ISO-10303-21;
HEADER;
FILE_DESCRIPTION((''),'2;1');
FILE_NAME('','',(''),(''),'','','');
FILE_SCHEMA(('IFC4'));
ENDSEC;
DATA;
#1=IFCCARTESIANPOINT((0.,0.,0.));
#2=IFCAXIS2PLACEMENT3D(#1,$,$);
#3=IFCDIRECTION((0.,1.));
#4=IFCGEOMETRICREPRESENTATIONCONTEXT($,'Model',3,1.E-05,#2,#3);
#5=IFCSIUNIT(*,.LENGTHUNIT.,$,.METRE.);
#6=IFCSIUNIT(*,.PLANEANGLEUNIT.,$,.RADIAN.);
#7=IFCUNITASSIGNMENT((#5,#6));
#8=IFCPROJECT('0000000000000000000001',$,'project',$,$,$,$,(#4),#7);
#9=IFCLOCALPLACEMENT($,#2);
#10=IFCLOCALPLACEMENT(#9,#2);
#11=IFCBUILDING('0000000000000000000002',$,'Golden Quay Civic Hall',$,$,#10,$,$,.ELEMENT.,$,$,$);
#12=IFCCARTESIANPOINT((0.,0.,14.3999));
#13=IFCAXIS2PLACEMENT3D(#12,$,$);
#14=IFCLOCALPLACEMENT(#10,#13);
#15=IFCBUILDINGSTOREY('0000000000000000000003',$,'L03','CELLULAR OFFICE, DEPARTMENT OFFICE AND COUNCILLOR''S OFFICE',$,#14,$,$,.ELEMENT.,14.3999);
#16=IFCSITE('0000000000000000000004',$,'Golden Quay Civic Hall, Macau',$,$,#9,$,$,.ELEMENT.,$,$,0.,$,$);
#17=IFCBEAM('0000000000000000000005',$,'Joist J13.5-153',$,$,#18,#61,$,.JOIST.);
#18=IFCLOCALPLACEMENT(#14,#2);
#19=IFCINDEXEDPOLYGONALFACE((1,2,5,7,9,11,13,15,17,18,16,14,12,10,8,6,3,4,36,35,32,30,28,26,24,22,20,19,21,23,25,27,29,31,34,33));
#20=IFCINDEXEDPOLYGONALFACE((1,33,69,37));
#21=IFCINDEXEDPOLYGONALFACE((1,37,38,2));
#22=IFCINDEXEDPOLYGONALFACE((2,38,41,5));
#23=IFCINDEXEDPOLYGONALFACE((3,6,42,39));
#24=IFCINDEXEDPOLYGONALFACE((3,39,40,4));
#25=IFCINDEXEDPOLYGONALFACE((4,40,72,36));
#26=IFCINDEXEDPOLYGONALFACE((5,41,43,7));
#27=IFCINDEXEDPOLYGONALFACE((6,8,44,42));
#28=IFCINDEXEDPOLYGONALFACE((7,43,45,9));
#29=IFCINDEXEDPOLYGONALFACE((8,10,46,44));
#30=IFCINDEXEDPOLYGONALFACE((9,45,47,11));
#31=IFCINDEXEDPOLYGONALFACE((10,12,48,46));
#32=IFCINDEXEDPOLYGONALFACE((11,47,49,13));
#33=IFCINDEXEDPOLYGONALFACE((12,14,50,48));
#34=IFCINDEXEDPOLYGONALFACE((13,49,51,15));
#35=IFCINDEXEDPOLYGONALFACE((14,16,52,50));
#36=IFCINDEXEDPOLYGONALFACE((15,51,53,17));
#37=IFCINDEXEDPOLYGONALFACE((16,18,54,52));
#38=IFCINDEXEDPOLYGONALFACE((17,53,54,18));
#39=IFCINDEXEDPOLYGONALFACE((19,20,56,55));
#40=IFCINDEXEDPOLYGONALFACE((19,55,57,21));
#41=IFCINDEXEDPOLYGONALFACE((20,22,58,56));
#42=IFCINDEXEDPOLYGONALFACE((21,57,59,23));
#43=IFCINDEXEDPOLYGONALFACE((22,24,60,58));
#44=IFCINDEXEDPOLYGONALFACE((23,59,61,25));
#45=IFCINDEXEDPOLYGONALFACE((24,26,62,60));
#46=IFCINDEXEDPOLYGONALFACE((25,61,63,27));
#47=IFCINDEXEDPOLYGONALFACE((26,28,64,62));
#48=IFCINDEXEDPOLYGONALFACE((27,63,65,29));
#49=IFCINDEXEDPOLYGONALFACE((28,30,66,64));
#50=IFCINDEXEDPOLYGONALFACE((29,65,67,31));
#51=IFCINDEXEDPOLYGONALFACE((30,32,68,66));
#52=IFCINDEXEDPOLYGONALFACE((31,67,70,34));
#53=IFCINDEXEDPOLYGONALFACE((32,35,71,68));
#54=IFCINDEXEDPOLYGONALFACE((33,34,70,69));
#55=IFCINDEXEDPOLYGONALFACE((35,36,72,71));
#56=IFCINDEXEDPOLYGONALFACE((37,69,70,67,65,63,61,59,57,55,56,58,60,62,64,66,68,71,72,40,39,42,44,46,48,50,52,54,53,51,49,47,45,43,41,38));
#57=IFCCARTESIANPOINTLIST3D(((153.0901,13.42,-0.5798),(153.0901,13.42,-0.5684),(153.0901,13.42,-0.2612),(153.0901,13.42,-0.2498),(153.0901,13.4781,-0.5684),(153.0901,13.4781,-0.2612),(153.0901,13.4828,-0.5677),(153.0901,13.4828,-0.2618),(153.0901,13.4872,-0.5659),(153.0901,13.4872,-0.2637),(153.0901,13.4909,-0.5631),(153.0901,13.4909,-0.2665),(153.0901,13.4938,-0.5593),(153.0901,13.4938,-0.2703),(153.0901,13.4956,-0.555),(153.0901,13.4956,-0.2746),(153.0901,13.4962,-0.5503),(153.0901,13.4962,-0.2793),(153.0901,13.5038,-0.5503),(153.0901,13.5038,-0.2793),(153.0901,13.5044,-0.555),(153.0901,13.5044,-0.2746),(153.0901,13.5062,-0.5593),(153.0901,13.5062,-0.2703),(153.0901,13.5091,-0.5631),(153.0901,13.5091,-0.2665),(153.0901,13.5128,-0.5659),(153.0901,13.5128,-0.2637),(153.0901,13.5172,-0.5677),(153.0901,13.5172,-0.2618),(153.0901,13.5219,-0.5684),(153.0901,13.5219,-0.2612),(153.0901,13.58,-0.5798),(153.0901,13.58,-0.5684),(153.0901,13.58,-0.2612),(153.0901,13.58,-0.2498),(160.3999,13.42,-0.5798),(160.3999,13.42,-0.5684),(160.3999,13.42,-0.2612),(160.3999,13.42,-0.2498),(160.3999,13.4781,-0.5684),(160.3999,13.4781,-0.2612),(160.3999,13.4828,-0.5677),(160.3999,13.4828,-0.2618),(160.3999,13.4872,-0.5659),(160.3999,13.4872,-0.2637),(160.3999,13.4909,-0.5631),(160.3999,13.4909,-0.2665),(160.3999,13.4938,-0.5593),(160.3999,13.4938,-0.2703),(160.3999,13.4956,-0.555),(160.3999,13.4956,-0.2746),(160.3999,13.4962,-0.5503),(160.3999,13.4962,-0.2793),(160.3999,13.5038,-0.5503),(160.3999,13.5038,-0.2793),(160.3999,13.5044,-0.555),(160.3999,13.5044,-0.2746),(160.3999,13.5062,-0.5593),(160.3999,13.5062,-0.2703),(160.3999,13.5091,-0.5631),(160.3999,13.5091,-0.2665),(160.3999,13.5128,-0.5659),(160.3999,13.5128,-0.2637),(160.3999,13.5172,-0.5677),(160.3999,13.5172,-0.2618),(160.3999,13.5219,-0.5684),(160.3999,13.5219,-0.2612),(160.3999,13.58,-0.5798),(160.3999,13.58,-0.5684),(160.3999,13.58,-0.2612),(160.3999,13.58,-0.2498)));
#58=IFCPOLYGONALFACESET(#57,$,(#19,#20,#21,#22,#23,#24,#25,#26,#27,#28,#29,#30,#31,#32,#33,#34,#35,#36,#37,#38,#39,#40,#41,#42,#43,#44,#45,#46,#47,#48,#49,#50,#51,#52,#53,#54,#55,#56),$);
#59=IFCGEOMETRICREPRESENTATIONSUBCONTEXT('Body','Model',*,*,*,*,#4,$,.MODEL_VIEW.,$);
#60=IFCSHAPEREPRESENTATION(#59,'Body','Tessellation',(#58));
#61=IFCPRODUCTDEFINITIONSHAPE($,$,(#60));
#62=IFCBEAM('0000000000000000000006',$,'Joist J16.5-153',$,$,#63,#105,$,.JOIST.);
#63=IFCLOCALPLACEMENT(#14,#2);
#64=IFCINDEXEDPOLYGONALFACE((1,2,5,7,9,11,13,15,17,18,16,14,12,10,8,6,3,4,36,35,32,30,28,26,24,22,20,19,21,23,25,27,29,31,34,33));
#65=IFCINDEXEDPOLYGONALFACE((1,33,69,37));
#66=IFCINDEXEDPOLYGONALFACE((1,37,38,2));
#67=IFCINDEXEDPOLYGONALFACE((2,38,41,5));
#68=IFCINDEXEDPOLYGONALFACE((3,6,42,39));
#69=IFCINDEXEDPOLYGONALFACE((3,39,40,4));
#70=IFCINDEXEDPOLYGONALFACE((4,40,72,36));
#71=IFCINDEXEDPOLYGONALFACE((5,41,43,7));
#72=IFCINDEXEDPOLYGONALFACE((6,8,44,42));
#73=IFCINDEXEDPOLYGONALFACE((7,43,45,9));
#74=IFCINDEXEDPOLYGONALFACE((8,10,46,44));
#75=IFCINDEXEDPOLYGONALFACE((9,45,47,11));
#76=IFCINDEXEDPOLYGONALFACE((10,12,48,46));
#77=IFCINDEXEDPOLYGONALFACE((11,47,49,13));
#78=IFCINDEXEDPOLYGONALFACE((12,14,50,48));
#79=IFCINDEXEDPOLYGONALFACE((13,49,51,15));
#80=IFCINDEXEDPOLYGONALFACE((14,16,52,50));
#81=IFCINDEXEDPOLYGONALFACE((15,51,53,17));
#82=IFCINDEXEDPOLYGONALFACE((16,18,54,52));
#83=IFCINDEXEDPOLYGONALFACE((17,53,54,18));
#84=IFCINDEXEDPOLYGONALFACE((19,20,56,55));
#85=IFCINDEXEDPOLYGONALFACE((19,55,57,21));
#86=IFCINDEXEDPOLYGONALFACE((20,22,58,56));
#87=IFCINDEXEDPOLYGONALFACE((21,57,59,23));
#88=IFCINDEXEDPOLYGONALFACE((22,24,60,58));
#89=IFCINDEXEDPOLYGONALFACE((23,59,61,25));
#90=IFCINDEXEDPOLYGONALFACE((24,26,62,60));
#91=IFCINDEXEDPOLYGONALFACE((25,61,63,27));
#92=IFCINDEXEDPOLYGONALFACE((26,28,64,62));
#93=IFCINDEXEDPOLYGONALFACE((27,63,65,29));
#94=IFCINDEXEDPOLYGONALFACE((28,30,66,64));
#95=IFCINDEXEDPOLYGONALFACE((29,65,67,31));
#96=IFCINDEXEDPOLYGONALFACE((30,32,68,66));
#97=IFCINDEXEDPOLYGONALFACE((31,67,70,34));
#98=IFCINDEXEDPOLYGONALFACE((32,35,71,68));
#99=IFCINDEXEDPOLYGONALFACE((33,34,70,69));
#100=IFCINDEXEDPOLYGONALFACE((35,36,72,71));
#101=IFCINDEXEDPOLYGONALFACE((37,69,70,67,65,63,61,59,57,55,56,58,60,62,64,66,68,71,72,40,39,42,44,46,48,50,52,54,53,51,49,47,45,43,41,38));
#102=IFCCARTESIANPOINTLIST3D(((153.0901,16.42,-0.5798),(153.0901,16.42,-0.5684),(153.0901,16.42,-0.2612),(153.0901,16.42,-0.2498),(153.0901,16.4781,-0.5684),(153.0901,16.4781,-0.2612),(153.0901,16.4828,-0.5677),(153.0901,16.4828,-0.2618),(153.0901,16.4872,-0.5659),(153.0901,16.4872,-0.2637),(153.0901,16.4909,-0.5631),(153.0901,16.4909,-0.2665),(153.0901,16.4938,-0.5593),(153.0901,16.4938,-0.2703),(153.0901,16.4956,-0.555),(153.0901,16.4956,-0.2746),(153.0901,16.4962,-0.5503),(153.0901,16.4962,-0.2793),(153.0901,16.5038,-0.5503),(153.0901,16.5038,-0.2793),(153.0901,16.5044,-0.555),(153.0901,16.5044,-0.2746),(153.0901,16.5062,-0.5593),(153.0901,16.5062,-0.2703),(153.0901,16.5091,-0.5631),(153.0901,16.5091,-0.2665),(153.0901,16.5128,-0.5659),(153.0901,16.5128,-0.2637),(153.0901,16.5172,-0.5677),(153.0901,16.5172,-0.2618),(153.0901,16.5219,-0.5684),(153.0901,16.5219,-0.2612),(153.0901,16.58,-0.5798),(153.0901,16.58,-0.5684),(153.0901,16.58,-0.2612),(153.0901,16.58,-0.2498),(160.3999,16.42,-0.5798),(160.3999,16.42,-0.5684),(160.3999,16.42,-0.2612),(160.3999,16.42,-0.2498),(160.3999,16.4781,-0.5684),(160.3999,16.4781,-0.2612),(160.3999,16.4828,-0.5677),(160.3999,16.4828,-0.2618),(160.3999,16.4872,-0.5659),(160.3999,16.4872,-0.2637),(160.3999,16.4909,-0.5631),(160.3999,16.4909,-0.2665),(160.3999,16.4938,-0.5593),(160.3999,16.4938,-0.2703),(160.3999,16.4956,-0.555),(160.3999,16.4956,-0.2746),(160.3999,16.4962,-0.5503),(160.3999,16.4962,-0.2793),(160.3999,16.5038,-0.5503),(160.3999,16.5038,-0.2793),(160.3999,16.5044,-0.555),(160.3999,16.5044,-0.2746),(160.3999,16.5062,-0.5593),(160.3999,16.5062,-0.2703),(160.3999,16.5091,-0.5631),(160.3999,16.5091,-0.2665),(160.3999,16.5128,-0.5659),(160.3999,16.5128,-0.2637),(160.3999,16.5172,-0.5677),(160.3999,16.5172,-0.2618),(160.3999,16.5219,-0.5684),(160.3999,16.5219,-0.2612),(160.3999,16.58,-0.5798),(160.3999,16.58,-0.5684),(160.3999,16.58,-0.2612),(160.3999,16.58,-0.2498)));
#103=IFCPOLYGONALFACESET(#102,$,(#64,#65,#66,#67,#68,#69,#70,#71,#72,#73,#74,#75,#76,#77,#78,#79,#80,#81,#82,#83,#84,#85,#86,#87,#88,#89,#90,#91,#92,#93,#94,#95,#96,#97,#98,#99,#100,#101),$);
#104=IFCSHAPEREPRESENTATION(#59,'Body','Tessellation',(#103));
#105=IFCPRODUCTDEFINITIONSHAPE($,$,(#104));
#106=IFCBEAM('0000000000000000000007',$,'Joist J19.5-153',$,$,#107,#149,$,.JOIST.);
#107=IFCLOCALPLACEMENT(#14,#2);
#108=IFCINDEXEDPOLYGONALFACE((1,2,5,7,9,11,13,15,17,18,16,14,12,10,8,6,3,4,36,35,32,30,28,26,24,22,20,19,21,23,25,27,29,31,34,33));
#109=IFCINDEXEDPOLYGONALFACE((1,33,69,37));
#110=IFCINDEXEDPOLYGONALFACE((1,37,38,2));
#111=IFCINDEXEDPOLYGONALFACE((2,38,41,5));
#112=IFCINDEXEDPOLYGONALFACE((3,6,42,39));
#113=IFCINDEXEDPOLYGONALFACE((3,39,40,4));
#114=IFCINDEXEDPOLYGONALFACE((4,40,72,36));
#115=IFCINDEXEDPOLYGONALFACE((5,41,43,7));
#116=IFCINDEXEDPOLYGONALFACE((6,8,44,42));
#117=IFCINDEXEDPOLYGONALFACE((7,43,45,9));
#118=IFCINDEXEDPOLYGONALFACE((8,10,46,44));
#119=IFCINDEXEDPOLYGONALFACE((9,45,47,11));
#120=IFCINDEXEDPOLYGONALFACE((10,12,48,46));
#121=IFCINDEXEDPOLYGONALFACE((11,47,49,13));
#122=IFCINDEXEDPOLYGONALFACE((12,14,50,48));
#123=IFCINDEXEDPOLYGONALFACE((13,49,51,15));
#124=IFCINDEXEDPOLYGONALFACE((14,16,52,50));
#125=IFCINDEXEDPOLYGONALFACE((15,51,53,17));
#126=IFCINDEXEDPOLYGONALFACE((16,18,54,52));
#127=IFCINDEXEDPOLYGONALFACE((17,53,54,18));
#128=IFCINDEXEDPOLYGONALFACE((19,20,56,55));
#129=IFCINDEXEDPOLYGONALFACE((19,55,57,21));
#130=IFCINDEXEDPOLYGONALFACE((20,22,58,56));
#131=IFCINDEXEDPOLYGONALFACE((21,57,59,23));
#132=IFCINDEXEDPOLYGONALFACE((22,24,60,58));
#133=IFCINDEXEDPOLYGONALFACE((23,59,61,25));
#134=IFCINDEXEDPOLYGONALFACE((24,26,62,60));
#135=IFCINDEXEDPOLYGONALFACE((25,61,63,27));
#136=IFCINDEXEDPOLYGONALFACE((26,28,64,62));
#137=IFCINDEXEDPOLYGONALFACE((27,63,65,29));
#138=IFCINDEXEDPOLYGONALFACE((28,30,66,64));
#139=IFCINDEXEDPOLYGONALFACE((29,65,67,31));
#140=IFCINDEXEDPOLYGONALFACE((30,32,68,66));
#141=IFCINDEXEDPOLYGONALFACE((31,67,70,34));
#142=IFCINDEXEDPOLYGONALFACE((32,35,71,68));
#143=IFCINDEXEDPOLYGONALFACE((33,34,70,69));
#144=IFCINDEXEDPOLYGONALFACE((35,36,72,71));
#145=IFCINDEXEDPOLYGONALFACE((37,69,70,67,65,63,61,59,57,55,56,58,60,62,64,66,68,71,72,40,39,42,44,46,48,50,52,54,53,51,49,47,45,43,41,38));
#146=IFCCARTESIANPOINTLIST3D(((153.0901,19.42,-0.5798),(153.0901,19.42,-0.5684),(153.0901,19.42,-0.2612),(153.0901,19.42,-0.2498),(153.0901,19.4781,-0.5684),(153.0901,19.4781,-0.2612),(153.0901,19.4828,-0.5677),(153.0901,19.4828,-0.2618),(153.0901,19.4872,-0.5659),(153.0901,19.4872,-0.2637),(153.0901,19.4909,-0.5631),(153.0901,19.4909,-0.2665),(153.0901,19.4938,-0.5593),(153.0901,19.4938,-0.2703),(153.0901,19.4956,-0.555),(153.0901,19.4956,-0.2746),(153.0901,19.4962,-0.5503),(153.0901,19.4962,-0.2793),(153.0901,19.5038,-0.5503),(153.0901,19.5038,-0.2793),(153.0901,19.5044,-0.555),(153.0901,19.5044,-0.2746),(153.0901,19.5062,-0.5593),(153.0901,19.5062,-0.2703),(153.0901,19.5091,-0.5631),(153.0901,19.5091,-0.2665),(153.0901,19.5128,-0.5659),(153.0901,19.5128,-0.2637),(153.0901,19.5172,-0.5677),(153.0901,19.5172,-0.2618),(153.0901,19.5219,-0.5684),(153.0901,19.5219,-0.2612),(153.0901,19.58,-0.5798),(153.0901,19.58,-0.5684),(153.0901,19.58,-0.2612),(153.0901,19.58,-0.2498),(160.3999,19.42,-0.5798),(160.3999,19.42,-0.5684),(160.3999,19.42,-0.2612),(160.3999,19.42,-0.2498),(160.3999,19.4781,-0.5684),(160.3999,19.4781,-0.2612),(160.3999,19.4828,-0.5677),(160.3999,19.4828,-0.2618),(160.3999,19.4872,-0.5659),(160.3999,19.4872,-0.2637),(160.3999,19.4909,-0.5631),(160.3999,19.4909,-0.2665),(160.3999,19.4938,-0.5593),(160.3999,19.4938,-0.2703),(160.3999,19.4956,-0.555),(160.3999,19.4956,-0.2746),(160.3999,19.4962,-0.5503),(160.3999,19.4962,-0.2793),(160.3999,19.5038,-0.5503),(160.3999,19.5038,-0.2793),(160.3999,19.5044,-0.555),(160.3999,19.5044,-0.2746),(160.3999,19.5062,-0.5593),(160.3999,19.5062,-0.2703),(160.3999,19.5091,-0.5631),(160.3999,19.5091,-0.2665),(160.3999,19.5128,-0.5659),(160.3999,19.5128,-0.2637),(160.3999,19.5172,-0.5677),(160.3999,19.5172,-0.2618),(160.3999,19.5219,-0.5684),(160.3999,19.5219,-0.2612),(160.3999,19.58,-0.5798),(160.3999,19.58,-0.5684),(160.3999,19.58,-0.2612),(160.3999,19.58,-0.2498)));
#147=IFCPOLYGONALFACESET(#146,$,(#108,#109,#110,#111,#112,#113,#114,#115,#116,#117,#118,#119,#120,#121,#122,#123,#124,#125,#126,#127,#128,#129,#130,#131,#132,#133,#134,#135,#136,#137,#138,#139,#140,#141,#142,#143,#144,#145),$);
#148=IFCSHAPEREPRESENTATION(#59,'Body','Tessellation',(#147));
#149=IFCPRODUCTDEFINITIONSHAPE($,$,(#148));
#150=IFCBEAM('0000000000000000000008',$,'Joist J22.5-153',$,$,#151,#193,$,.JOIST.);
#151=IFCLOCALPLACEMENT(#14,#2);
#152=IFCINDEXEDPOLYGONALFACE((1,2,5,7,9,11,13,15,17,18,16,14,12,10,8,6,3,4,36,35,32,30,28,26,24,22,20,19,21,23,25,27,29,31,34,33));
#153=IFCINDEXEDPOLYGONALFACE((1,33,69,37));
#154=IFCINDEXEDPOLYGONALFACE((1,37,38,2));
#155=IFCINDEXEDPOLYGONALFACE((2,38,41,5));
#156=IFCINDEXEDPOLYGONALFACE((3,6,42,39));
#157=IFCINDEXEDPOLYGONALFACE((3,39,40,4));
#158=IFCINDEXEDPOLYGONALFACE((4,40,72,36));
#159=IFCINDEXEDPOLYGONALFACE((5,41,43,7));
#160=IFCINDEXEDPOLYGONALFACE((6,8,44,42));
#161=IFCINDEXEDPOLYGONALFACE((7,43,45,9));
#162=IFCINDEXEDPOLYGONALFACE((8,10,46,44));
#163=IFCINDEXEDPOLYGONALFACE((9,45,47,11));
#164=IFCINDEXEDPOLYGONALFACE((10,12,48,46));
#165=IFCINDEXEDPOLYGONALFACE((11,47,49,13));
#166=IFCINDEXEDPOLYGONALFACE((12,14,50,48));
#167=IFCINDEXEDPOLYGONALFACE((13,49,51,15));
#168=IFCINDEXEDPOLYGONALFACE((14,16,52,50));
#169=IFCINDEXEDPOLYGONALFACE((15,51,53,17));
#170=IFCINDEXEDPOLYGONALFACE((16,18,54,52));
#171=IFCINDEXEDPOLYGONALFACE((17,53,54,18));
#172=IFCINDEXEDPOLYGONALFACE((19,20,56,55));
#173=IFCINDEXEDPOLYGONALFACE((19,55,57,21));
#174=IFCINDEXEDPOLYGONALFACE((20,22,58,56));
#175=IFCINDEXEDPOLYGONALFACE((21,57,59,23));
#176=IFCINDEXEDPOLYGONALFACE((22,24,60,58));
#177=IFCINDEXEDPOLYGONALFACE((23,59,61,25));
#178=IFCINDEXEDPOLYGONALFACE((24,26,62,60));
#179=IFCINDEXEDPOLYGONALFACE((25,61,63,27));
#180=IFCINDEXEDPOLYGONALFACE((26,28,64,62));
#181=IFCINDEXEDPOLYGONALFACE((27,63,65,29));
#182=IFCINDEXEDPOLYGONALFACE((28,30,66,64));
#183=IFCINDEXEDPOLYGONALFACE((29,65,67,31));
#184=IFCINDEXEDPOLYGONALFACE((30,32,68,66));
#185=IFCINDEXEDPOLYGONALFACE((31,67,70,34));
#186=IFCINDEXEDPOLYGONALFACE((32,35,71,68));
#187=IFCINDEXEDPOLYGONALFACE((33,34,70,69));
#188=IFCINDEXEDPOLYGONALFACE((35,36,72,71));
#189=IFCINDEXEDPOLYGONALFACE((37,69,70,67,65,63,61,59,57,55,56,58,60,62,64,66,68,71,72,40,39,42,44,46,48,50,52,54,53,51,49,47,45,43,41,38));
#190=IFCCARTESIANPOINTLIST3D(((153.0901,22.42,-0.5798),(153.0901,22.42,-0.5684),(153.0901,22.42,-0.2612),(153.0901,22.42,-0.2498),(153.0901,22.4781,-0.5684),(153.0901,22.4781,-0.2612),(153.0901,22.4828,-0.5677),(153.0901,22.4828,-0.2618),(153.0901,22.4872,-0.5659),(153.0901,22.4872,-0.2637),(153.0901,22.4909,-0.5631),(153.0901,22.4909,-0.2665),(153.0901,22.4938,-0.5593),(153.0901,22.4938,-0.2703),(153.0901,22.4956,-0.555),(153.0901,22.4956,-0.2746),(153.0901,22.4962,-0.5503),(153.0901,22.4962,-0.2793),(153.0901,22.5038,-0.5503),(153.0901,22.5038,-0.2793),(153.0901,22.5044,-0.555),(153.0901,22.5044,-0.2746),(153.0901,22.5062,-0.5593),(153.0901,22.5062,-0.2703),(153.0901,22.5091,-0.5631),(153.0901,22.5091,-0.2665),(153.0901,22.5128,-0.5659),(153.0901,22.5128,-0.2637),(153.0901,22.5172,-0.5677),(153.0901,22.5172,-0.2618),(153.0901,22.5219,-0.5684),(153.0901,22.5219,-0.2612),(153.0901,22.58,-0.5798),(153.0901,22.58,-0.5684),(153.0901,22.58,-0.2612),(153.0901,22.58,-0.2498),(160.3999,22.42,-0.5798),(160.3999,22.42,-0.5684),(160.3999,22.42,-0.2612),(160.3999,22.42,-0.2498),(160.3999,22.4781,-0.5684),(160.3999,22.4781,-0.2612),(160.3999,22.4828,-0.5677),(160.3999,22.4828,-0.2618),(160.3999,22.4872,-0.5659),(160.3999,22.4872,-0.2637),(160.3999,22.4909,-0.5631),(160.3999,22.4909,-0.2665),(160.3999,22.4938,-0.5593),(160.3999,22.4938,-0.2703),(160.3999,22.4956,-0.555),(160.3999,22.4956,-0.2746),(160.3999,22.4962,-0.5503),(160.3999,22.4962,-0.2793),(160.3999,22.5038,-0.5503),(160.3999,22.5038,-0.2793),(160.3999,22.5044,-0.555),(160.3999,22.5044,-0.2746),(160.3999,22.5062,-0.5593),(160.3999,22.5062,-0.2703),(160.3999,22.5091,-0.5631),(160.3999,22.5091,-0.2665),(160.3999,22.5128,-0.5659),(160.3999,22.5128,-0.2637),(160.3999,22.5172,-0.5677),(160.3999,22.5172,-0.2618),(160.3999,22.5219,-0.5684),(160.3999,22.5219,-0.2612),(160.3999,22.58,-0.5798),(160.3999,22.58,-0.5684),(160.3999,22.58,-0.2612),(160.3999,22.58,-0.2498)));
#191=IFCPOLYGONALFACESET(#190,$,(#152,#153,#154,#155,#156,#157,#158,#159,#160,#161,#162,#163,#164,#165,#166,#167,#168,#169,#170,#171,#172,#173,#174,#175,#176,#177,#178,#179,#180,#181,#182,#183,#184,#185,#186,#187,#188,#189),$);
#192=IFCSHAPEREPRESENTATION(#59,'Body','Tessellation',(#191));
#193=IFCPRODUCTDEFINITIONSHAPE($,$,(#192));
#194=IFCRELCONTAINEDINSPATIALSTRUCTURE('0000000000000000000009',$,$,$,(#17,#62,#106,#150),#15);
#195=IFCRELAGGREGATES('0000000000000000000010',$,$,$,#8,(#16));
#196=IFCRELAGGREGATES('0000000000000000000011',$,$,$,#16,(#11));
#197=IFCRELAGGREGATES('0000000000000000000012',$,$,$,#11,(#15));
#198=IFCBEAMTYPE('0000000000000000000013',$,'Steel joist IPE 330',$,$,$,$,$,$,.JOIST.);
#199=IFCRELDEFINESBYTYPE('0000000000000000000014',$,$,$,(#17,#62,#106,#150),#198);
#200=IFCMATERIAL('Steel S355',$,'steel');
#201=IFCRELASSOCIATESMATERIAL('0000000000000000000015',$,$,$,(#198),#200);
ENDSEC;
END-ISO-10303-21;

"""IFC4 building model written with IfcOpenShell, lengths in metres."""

from ifc_helpers import new_model, si_unit, direction, frame, origin, origin_2d, place, context, subcontext, project, spatial, i_section, extrude, material, material_profile, profile_set, type_object, element, save


model = new_model("IFC4")

# Units and contexts
model_context = context("Model", 3, precision=1e-05, world=origin(), true_north=direction((0.0, 1.0)))
body_context = subcontext(model_context, "Body", "Model", "MODEL_VIEW")
ifc_project = project(units=[si_unit("LENGTHUNIT", "METRE"), si_unit("PLANEANGLEUNIT", "RADIAN")], contexts=[model_context])

# Site, building, storey
site_placement = place(None, origin())
site = spatial("IfcSite", under=ifc_project, at=site_placement, Name="Golden Quay Civic Hall, Macau", CompositionType="ELEMENT", RefElevation=0.0)
building_placement = place(site_placement, origin())
building = spatial("IfcBuilding", under=site, at=building_placement, Name="Golden Quay Civic Hall", CompositionType="ELEMENT")
storey_placement = place(building_placement, frame((0.0, 0.0, 14.3999)))
storey = spatial("IfcBuildingStorey", under=building, at=storey_placement, Name="L03", Description="CELLULAR OFFICE, DEPARTMENT OFFICE AND COUNCILLOR'S OFFICE", CompositionType="ELEMENT", Elevation=14.3999)

# Beams
ifc_material_1 = material(Name="Steel S355", Category="steel")
ifc_material_profile_1 = material_profile(ifc_material_1, i_section(OverallWidth=0.1599, OverallDepth=0.3301, WebThickness=0.0076, FlangeThickness=0.0115, FilletRadius=0.0181, at=origin_2d()), Name="IPE 330")
ifc_profile_set_1 = profile_set([ifc_material_profile_1], Name="Steel S355")
beam_type_1 = type_object("IfcBeamType", Name="Steel joist IPE 330", PredefinedType="JOIST", material=ifc_profile_set_1)
for number, where, z_axis, x_axis, name in (
    (1, (153.0901, 13.5, -0.4148), (1.0, 0.0, 0.0), (0.0, 1.0, 0.0), "Joist J13.5-153"),
    (2, (153.0901, 16.5, -0.4148), (1.0, 0.0, 0.0), (0.0, 1.0, 0.0), "Joist J16.5-153"),
    (3, (153.0901, 19.5, -0.4148), (1.0, 0.0, 0.0), (0.0, 1.0, 0.0), "Joist J19.5-153"),
    (4, (153.0901, 22.5, -0.4148), (1.0, 0.0, 0.0), (0.0, 1.0, 0.0), "Joist J22.5-153"),
):
    element("IfcBeam", number, at=place(storey_placement, frame(where, z_axis=z_axis, x_axis=x_axis)), inside=storey, type_object=beam_type_1, Name=name, PredefinedType="JOIST", context=body_context, shape_type="SweptSolid", body=[
        extrude(i_section(OverallWidth=0.1599, OverallDepth=0.3301, WebThickness=0.0076, FlangeThickness=0.0115, FilletRadius=0.0181, at=origin_2d()), origin(), (0.0, 0.0, 1.0), 7.3098),
    ])

save(model, "model.ifc")
